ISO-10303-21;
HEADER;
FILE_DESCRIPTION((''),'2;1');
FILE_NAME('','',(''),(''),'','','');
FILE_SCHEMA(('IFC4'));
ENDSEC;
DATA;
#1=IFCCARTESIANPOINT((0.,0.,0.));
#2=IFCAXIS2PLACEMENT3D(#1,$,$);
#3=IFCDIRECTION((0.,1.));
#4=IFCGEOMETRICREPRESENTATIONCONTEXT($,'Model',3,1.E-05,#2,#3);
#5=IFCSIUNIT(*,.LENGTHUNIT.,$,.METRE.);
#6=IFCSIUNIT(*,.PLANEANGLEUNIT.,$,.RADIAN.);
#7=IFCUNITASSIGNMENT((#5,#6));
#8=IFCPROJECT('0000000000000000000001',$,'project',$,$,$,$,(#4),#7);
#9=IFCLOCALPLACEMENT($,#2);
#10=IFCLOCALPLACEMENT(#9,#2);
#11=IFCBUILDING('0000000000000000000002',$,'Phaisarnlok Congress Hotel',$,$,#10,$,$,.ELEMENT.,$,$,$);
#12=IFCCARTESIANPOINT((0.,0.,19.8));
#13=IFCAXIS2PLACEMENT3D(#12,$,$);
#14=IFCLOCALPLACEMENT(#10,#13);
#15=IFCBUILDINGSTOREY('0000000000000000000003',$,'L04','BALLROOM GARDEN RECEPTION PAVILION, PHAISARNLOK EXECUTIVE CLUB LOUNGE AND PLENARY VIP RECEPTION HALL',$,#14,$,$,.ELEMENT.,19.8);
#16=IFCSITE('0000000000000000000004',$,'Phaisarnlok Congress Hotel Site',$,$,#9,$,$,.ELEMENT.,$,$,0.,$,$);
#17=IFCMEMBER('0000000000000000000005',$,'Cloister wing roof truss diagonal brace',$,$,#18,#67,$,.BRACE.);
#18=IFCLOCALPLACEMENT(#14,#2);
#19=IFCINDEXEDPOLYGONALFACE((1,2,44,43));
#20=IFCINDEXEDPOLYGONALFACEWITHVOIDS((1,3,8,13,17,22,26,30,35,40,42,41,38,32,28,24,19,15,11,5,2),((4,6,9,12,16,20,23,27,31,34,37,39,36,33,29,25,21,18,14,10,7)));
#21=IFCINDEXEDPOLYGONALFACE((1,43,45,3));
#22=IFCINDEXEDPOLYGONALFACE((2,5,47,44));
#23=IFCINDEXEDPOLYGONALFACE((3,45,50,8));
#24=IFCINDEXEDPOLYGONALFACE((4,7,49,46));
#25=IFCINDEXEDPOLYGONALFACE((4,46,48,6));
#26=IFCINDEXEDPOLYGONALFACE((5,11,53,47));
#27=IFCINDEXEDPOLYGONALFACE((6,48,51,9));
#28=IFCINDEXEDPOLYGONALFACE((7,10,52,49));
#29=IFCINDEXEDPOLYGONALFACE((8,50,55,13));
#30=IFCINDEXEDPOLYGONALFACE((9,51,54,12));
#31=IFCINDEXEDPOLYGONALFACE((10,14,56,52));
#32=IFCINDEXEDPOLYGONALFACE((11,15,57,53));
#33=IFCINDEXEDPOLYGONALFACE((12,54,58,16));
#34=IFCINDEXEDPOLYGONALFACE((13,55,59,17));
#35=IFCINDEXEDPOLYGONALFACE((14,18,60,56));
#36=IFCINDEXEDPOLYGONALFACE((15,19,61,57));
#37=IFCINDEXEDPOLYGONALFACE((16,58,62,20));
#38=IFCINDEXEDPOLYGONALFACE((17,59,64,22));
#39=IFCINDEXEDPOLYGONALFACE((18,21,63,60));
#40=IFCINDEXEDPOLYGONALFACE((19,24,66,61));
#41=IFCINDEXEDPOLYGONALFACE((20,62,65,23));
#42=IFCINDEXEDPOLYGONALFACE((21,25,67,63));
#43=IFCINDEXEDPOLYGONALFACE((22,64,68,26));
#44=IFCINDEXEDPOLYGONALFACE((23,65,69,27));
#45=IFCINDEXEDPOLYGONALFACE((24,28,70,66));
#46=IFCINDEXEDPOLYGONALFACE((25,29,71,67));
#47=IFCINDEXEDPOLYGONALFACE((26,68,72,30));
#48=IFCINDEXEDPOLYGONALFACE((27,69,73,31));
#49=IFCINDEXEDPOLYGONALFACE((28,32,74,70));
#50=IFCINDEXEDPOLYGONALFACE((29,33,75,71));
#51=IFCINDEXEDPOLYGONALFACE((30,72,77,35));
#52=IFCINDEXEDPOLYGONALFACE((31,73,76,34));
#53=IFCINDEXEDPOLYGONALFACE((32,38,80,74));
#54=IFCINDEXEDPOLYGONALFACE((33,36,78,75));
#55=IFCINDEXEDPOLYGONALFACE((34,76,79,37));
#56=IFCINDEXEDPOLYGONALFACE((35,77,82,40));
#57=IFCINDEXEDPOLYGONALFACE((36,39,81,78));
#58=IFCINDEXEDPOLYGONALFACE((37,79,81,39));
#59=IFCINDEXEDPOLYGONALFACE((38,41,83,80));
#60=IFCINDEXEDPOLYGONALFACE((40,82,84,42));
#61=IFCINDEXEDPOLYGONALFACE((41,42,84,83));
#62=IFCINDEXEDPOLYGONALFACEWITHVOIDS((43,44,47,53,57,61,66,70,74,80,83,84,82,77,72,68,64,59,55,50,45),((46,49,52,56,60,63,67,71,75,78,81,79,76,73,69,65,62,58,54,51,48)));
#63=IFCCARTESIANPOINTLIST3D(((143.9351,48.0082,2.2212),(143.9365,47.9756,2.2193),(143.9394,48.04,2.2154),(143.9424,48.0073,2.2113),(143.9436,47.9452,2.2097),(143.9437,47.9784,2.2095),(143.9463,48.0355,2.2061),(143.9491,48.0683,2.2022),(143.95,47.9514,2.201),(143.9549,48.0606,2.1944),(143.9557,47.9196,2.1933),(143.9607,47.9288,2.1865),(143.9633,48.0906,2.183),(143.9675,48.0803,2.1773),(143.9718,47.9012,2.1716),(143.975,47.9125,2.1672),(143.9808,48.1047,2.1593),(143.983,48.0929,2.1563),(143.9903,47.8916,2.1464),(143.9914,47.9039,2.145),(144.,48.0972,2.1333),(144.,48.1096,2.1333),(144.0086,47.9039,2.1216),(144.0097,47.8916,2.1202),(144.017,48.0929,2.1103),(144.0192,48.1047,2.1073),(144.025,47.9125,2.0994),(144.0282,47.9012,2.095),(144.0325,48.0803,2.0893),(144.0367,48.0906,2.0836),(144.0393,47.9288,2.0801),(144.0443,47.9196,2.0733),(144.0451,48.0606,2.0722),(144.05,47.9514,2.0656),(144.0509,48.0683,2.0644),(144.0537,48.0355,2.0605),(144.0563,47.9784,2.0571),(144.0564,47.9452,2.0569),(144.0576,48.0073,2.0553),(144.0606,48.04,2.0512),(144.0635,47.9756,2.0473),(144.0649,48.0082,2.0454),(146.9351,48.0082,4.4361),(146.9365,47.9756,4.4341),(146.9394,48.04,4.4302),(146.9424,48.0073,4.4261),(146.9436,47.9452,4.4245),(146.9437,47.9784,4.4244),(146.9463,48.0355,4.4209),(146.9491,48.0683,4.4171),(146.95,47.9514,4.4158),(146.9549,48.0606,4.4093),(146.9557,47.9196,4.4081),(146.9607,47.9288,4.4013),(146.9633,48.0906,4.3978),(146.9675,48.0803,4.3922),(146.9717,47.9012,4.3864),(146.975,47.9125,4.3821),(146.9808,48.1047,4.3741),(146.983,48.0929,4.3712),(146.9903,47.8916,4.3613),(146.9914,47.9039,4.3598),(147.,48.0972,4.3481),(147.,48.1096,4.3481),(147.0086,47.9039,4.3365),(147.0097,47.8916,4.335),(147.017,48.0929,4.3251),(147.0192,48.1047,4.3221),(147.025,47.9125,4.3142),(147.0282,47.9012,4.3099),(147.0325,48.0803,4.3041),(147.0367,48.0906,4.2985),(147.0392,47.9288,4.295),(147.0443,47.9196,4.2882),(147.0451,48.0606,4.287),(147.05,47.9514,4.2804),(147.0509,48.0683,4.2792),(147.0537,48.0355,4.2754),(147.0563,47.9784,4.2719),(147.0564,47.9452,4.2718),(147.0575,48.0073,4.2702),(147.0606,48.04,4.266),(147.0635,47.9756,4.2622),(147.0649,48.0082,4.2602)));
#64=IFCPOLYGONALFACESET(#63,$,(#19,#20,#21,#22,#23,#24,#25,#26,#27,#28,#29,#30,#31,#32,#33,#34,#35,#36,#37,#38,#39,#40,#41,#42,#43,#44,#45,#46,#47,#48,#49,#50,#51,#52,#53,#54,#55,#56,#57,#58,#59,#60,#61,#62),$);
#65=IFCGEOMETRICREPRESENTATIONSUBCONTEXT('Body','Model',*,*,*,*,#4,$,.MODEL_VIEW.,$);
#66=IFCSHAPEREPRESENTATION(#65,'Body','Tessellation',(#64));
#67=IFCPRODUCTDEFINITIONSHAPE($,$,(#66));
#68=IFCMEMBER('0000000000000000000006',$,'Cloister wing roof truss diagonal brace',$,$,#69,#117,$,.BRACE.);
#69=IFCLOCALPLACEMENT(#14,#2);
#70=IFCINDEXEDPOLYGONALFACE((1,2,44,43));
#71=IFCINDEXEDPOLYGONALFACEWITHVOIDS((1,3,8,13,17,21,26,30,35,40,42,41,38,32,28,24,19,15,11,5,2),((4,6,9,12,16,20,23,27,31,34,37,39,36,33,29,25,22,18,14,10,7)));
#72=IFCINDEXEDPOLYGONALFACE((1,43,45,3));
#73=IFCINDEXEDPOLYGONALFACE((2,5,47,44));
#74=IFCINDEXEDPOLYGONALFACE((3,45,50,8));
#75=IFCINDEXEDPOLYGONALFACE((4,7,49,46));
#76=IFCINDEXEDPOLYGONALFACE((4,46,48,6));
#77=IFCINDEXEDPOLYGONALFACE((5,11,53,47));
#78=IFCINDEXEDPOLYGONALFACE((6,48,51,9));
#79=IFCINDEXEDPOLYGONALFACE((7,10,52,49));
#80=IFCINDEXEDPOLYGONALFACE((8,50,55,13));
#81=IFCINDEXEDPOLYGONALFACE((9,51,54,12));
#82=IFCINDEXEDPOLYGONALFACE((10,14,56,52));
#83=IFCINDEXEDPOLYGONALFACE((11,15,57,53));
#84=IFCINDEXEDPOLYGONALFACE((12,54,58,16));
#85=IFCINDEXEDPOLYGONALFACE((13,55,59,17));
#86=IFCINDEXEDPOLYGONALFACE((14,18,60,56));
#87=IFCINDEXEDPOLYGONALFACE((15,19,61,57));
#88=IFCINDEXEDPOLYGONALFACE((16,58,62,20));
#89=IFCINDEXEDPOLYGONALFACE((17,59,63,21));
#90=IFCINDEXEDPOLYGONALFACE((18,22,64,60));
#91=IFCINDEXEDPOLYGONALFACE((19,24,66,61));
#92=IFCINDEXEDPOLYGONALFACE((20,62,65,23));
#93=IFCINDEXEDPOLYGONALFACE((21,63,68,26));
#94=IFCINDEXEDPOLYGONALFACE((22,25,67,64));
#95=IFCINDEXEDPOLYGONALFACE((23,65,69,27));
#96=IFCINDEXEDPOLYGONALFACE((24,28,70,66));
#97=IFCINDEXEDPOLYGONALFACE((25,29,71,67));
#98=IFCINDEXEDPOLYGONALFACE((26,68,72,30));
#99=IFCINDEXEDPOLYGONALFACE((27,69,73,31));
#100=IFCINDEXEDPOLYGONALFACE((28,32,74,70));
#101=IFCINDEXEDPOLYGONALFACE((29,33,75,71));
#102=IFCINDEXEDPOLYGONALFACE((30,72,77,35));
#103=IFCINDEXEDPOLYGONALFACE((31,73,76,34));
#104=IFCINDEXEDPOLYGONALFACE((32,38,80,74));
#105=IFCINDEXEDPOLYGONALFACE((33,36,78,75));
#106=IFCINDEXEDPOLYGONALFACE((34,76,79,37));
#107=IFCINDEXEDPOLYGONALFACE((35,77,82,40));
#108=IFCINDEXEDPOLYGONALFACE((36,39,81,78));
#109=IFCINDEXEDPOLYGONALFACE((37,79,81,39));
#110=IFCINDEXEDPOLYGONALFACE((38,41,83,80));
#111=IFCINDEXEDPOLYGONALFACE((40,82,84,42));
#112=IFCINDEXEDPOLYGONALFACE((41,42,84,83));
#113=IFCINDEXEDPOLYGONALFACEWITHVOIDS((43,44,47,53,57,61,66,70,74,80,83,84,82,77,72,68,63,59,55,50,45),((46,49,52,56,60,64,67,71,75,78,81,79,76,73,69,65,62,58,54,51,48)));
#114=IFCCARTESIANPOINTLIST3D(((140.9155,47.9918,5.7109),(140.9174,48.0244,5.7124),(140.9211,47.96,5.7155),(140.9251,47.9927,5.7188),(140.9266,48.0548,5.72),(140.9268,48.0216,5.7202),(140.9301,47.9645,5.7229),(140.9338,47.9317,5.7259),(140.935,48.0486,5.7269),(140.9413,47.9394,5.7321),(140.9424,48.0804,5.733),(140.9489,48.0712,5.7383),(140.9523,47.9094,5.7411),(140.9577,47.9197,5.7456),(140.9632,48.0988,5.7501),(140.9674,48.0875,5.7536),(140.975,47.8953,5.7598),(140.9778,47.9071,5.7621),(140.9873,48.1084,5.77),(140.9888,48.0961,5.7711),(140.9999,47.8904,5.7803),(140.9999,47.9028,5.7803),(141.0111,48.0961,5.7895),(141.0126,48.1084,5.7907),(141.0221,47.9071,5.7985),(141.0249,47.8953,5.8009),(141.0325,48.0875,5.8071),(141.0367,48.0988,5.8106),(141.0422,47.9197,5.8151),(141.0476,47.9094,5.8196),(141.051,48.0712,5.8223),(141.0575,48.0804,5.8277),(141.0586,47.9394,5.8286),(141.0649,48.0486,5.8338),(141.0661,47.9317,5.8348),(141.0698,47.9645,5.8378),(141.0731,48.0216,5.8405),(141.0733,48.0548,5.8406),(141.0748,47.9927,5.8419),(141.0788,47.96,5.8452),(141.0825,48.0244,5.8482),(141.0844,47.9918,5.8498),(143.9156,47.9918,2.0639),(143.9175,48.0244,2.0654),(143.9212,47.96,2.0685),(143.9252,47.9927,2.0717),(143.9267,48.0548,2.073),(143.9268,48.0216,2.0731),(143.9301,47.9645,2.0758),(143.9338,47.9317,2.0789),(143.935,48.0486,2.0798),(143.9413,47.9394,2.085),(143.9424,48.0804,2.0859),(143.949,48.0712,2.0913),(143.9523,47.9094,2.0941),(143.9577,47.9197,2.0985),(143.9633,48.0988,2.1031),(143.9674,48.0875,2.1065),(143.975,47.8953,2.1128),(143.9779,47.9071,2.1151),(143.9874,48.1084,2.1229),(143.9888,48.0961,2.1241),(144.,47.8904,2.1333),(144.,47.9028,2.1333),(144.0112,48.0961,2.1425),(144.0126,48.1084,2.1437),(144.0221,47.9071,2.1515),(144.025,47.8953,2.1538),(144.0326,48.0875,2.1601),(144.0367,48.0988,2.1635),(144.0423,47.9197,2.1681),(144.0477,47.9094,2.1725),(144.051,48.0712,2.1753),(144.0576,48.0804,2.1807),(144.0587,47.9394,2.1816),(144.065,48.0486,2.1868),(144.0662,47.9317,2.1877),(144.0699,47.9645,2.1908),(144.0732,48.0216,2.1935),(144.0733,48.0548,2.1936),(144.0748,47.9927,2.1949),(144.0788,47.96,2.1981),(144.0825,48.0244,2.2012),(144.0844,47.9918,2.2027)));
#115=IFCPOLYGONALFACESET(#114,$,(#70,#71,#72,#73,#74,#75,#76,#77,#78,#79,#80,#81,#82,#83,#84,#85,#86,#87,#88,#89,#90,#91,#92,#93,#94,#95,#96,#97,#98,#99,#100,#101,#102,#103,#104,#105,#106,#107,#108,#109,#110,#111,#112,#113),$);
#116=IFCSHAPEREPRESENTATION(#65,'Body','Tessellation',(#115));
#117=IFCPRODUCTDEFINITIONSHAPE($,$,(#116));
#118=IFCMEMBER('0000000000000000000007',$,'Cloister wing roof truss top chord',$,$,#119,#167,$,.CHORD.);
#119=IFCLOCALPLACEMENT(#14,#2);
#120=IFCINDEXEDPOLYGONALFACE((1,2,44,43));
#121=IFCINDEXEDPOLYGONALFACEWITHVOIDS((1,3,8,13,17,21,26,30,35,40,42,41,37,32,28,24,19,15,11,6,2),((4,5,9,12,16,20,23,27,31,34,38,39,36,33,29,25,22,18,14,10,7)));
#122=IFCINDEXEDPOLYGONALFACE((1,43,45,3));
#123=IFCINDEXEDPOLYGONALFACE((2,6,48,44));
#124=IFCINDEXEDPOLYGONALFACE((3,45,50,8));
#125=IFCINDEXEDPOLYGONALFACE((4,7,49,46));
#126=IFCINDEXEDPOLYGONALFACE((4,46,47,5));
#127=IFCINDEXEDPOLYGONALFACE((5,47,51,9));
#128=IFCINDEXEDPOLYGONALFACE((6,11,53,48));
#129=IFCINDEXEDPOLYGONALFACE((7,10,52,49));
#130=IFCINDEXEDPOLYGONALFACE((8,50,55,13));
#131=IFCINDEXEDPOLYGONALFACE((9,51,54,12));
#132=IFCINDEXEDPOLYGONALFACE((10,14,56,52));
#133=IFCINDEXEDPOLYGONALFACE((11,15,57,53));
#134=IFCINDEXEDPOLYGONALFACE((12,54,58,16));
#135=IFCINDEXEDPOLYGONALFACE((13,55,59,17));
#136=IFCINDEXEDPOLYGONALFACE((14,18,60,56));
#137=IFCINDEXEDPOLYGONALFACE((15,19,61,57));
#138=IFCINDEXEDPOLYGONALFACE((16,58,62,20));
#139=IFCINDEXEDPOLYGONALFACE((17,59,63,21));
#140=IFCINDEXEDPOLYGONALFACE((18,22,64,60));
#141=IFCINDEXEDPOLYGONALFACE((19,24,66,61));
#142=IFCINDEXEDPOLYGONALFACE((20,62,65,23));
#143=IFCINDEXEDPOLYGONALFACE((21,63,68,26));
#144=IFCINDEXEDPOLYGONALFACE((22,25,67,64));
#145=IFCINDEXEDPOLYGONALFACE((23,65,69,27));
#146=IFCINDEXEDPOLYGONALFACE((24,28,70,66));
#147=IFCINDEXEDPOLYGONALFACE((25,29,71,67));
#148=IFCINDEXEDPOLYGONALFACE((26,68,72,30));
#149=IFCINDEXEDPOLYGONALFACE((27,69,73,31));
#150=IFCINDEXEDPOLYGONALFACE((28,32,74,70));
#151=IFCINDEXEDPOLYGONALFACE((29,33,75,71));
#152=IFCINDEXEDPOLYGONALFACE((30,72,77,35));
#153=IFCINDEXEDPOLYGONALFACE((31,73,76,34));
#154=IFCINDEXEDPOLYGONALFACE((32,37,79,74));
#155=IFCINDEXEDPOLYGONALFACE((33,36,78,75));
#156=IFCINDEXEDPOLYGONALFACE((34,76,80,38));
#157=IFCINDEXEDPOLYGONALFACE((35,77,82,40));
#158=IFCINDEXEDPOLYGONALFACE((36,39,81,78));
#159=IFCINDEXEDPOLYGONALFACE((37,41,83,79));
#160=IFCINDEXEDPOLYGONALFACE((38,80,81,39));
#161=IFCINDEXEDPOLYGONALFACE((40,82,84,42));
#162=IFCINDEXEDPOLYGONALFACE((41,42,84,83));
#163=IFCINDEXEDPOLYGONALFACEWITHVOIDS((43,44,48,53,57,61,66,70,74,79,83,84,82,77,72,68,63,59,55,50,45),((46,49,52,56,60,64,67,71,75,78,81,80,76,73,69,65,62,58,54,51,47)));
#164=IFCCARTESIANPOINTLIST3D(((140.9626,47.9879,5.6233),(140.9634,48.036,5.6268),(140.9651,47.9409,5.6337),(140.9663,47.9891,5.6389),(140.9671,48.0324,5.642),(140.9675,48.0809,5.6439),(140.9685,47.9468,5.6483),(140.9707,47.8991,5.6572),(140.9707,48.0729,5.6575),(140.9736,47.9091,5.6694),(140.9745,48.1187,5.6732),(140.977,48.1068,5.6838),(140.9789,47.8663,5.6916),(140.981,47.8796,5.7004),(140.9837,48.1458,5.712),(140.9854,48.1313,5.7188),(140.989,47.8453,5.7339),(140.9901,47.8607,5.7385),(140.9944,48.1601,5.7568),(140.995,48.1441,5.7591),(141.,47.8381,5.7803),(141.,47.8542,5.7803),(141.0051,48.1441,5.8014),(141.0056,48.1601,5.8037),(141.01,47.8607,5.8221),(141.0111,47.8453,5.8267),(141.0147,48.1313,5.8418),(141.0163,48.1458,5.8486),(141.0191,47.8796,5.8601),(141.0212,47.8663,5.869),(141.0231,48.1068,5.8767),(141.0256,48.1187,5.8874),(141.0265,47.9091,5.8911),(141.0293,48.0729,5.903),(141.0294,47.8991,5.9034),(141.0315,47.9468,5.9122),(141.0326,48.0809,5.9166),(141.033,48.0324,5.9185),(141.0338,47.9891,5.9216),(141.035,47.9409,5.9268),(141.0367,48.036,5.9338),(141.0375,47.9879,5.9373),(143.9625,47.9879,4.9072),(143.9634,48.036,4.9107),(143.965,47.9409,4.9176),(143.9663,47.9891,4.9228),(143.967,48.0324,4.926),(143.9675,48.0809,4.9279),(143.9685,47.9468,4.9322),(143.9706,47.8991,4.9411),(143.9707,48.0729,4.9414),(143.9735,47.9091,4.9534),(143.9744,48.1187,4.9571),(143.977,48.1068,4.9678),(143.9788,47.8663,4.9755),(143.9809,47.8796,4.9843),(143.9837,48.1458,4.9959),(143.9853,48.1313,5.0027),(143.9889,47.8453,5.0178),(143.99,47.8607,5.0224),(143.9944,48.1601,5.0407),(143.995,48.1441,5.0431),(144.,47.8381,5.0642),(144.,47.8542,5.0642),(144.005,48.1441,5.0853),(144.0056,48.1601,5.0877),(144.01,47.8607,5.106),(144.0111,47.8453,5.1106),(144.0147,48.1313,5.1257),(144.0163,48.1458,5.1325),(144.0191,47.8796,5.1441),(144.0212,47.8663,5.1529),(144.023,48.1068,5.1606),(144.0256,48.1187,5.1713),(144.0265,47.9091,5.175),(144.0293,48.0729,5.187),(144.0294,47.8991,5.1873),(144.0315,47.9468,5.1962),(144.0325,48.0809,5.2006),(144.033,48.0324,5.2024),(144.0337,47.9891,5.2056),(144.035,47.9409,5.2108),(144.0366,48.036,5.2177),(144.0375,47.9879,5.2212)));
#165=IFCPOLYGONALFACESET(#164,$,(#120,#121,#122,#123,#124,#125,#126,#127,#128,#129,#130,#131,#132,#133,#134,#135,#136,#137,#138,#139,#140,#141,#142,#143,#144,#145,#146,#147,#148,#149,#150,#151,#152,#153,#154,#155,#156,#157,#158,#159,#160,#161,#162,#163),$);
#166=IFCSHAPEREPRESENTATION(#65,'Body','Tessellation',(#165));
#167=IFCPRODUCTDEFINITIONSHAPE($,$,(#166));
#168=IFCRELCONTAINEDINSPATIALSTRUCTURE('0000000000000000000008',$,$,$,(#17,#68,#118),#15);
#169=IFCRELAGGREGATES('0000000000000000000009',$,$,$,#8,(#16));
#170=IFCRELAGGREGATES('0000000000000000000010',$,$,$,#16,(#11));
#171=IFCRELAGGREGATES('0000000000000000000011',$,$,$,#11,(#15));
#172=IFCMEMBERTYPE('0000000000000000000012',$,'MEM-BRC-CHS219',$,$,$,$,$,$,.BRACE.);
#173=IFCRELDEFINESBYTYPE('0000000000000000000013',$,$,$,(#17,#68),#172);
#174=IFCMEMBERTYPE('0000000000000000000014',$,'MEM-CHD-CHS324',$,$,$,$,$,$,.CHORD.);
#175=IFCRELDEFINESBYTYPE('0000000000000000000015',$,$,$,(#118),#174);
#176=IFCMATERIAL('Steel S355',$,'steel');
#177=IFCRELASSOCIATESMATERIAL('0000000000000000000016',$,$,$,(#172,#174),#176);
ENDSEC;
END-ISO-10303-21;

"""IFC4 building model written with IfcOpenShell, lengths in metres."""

from ifc_helpers import new_model, si_unit, direction, frame, origin, origin_2d, place, context, subcontext, project, spatial, hollow_circle, extrude, material, material_profile, profile_set, type_object, element, save


model = new_model("IFC4")

# Units and contexts
model_context = context("Model", 3, precision=1e-05, world=origin(), true_north=direction((0.0, 1.0)))
body_context = subcontext(model_context, "Body", "Model", "MODEL_VIEW")
ifc_project = project(units=[si_unit("LENGTHUNIT", "METRE"), si_unit("PLANEANGLEUNIT", "RADIAN")], contexts=[model_context])

# Site, building, storey
site_placement = place(None, origin())
site = spatial("IfcSite", under=ifc_project, at=site_placement, Name="Phaisarnlok Congress Hotel Site", CompositionType="ELEMENT", RefElevation=0.0)
building_placement = place(site_placement, origin())
building = spatial("IfcBuilding", under=site, at=building_placement, Name="Phaisarnlok Congress Hotel", CompositionType="ELEMENT")
storey_placement = place(building_placement, frame((0.0, 0.0, 19.8)))
storey = spatial("IfcBuildingStorey", under=building, at=storey_placement, Name="L04", Description="BALLROOM GARDEN RECEPTION PAVILION, PHAISARNLOK EXECUTIVE CLUB LOUNGE AND PLENARY VIP RECEPTION HALL", CompositionType="ELEMENT", Elevation=19.8)

# Shared definitions
ifc_material_1 = material(Name="Steel S355", Category="steel")

# Members
ifc_material_profile_1 = material_profile(ifc_material_1, hollow_circle(Radius=0.1096, WallThickness=0.0125, at=origin_2d()), Name="CHS 219.1x12.5")
ifc_profile_set_1 = profile_set([ifc_material_profile_1], Name="Steel S355")
member_type_1 = type_object("IfcMemberType", Name="MEM-BRC-CHS219", PredefinedType="BRACE", material=ifc_profile_set_1)
member_1_placement = place(storey_placement, frame((144.0, 48.0, 2.1333), z_axis=(0.804503, 0.0, 0.593949), x_axis=(0.0, 1.0, 0.0)))
element("IfcMember", 1, at=member_1_placement, inside=storey, type_object=member_type_1, Name="Cloister wing roof truss diagonal brace", PredefinedType="BRACE", context=body_context, shape_type="SweptSolid", body=[
    extrude(hollow_circle(Radius=0.1096, WallThickness=0.0125, at=origin_2d()), origin(), (0.0, 0.0, 1.0), 3.729),
])
member_2_placement = place(storey_placement, frame((144.0, 48.0, 2.1333), z_axis=(-0.635279, 0.0, 0.772282), x_axis=(0.0, -1.0, 0.0)))
element("IfcMember", 2, at=member_2_placement, inside=storey, type_object=member_type_1, Name="Cloister wing roof truss diagonal brace", PredefinedType="BRACE", context=body_context, shape_type="SweptSolid", body=[
    extrude(hollow_circle(Radius=0.1096, WallThickness=0.0125, at=origin_2d()), origin(), (0.0, 0.0, 1.0), 4.7224),
])
ifc_material_profile_2 = material_profile(ifc_material_1, hollow_circle(Radius=0.1619, WallThickness=0.0161, at=origin_2d()), Name="CHS 323.9x16")
ifc_profile_set_2 = profile_set([ifc_material_profile_2], Name="Steel S355")
member_type_2 = type_object("IfcMemberType", Name="MEM-CHD-CHS324", PredefinedType="CHORD", material=ifc_profile_set_2)
for number, where, z_axis, x_axis, name in (
    (3, (144.0, 48.0, 5.0642), (-0.972676, 0.0, 0.232166), (0.0, -1.0, 0.0), "Cloister wing roof truss top chord"),
):
    element("IfcMember", number, at=place(storey_placement, frame(where, z_axis=z_axis, x_axis=x_axis)), inside=storey, type_object=member_type_2, Name=name, PredefinedType="CHORD", context=body_context, shape_type="SweptSolid", body=[
        extrude(hollow_circle(Radius=0.1619, WallThickness=0.0161, at=origin_2d()), origin(), (0.0, 0.0, 1.0), 3.0842),
    ])

save(model, "model.ifc")
